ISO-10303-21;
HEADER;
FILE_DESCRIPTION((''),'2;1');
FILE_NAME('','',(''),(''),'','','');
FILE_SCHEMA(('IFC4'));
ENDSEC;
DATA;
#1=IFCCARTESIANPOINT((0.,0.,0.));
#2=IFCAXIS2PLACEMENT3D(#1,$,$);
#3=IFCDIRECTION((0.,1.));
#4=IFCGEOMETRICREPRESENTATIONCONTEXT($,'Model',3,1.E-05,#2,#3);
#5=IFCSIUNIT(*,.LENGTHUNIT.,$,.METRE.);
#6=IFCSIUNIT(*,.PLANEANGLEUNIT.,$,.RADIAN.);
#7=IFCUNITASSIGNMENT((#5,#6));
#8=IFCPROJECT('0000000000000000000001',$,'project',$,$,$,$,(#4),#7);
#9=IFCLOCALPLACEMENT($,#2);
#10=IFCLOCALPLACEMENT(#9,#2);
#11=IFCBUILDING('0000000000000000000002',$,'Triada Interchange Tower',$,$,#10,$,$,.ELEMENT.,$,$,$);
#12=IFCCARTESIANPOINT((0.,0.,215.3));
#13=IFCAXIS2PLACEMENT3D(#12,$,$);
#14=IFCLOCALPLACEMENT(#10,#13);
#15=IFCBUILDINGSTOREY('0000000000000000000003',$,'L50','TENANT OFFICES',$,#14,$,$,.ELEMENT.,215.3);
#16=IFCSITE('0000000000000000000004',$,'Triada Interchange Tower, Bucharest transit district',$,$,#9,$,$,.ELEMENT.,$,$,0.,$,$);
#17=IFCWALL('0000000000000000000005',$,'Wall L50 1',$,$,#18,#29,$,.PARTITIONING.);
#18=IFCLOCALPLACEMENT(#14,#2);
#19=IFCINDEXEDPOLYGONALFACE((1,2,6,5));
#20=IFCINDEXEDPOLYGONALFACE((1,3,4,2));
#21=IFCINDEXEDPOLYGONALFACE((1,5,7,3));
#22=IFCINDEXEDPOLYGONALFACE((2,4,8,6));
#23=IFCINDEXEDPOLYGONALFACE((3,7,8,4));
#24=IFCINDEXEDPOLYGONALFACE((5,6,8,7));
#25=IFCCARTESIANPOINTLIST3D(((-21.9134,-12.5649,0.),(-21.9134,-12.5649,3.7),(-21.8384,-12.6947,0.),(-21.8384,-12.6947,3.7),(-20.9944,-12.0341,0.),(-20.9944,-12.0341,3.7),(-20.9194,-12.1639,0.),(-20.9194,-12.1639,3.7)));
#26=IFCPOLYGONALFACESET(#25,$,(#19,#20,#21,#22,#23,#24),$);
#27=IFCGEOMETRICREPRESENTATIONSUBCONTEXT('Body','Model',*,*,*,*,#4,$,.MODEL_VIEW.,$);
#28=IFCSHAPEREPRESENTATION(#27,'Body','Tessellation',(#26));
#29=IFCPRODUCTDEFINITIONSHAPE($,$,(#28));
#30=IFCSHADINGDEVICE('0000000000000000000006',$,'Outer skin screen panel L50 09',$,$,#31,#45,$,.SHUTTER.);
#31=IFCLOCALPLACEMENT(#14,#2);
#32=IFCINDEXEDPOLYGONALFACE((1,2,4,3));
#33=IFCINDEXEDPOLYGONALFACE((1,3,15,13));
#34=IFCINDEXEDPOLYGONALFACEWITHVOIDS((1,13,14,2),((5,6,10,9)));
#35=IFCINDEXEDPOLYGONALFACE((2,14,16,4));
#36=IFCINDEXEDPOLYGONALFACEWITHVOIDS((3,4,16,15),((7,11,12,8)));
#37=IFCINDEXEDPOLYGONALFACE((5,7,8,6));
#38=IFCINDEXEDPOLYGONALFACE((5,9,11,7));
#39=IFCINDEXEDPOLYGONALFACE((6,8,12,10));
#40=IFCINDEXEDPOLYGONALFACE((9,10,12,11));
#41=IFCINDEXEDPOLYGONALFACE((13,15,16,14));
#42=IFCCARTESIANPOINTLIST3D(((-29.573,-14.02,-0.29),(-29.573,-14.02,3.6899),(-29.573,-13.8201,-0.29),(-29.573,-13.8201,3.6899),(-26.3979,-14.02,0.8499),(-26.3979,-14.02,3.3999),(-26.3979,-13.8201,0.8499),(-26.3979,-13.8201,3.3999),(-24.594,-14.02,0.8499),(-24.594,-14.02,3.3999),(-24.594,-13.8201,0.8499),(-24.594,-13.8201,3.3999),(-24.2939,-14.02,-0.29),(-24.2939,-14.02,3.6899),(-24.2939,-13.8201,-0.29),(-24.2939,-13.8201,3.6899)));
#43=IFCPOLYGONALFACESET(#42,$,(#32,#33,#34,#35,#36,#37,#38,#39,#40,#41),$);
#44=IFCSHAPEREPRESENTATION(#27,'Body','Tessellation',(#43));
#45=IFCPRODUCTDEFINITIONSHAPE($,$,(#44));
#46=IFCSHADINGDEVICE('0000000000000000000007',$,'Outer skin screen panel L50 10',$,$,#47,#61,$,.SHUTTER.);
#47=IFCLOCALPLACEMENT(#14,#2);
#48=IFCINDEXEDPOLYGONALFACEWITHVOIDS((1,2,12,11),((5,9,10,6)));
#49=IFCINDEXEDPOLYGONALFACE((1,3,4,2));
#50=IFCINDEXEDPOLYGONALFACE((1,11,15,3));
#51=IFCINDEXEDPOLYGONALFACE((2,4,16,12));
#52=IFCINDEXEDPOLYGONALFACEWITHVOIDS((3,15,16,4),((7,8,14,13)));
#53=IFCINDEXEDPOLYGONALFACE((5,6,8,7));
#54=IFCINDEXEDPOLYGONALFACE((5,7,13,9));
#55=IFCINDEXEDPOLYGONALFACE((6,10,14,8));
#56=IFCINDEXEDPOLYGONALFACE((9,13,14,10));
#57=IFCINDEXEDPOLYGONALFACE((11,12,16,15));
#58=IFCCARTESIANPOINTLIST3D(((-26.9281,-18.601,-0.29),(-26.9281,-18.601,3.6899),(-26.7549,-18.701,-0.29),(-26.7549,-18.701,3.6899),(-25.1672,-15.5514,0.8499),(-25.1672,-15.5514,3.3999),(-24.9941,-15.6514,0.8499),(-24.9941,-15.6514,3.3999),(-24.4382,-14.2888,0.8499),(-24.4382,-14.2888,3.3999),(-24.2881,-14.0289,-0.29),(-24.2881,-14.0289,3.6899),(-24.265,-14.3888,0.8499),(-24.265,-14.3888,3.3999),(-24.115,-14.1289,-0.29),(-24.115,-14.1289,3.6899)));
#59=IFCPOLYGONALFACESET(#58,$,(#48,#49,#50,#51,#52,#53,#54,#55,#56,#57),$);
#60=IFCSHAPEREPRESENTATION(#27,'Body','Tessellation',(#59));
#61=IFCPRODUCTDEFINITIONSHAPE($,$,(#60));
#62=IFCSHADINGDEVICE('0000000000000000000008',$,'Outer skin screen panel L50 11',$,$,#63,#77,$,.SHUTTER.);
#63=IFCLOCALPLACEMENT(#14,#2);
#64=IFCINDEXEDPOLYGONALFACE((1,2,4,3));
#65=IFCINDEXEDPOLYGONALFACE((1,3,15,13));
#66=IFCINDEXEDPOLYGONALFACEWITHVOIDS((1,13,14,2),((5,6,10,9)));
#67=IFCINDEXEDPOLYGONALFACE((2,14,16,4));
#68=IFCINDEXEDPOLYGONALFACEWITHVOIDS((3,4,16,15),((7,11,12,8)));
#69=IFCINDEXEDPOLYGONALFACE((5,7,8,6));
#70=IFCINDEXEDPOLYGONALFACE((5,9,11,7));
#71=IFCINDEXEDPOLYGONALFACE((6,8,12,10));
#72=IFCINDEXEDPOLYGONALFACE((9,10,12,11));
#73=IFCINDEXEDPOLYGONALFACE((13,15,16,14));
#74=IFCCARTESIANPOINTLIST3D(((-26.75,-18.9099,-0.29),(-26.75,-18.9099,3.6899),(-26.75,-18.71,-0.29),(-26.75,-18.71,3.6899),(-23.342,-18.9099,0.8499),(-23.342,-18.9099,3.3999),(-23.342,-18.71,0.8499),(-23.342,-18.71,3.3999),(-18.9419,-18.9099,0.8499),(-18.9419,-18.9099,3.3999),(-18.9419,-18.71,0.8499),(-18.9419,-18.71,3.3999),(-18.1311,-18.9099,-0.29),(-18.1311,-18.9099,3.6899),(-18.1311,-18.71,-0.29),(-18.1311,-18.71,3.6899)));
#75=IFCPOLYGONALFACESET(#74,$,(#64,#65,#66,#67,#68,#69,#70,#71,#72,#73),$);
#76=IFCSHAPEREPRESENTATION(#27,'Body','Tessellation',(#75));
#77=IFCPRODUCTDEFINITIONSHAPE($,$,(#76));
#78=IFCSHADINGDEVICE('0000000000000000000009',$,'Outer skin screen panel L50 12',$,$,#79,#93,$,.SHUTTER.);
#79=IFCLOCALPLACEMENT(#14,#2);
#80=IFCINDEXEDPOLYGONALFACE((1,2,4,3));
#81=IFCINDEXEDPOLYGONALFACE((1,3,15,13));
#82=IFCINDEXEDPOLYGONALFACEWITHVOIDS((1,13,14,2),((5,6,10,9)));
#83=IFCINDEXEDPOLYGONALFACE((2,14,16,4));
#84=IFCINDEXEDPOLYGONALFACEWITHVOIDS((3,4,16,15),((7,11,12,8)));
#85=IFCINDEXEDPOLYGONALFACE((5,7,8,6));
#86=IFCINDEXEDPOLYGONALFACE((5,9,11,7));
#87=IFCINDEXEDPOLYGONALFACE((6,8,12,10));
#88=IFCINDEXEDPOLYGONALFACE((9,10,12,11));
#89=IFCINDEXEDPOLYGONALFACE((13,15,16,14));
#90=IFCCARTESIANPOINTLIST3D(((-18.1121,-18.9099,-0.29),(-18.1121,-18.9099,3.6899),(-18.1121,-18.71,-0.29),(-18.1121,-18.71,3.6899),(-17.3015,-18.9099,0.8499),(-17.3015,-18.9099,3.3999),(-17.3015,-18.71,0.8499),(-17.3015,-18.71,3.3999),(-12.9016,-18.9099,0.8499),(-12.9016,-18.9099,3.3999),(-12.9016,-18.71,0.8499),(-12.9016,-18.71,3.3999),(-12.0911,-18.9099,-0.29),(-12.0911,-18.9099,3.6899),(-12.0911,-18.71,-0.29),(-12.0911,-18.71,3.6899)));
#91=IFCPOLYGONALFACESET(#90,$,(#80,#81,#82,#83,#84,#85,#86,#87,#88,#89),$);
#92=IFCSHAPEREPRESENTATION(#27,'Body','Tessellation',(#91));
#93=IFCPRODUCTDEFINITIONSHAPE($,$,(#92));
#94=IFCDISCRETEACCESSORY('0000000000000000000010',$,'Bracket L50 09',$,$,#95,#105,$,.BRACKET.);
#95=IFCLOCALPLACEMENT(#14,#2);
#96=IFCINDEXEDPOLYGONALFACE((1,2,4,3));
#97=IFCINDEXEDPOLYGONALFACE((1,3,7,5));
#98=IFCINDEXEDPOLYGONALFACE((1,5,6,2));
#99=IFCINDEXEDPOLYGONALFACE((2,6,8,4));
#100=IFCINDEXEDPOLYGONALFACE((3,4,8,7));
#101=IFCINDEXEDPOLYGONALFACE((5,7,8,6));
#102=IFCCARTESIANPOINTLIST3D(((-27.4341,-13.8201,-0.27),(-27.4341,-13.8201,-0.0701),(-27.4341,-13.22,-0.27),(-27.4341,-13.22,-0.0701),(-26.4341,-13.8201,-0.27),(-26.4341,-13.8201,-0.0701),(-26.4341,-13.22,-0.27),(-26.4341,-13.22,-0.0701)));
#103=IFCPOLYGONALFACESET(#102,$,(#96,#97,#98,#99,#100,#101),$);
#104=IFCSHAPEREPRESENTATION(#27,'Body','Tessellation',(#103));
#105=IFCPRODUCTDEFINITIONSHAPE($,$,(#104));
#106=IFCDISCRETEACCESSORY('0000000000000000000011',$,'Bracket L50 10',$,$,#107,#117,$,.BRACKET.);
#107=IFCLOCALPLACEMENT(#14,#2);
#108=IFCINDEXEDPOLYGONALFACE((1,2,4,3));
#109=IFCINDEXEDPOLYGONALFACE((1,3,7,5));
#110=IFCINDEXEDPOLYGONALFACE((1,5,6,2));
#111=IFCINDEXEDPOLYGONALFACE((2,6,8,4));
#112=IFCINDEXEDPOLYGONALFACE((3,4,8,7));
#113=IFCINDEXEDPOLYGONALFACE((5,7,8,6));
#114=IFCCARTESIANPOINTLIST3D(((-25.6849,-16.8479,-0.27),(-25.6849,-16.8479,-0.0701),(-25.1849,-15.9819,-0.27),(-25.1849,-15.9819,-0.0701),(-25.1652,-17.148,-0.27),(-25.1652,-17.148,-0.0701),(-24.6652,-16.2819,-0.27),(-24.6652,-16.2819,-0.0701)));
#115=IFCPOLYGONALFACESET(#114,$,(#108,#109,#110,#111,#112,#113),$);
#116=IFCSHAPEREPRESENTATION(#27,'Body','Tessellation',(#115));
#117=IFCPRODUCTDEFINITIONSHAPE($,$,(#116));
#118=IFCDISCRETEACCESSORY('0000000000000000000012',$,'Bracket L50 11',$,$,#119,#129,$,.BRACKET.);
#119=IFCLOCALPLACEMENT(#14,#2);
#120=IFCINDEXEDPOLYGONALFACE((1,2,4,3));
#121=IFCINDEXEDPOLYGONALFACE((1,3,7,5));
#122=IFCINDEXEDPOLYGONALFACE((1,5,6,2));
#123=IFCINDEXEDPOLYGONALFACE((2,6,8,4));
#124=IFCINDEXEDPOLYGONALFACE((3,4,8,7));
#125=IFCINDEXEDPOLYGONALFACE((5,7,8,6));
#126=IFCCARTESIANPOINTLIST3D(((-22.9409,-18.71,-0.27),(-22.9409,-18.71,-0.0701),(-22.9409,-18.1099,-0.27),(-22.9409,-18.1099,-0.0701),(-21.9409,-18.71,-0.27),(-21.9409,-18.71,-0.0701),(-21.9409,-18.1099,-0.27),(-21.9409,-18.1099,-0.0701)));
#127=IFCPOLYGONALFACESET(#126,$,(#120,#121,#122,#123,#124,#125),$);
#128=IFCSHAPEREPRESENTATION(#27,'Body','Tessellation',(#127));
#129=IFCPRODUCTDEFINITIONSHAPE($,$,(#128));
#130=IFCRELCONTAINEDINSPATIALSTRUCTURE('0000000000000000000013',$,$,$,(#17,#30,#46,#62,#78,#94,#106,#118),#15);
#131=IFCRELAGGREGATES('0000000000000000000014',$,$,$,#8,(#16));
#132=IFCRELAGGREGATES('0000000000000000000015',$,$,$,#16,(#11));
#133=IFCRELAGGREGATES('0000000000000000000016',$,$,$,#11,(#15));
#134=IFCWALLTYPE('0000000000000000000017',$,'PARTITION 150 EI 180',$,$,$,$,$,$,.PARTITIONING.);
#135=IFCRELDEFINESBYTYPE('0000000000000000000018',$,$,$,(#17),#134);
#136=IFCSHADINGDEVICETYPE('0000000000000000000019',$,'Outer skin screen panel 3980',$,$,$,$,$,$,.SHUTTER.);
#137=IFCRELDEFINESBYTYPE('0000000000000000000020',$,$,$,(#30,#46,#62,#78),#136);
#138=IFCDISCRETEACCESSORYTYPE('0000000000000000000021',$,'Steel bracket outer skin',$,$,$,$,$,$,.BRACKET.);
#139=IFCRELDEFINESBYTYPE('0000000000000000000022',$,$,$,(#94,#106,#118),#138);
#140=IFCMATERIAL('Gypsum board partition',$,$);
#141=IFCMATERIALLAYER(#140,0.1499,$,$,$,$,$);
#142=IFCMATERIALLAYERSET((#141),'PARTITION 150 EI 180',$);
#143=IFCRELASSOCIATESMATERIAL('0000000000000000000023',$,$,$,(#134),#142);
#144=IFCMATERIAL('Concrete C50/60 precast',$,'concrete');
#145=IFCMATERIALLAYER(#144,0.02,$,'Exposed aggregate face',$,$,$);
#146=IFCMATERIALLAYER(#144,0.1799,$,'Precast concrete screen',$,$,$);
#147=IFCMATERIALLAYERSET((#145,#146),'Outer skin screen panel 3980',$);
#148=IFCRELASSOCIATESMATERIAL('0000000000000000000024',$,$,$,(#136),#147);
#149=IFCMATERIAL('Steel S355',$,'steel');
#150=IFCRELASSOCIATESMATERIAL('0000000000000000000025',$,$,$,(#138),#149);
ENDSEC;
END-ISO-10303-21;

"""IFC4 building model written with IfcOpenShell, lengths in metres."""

from ifc_helpers import new_model, si_unit, direction, frame, frame_2d, origin, origin_2d, place, context, subcontext, project, spatial, polyline, rectangle, outline, extrude, material, layer, layer_set, type_object, element, save


model = new_model("IFC4")

# Units and contexts
model_context = context("Model", 3, precision=1e-05, world=origin(), true_north=direction((0.0, 1.0)))
body_context = subcontext(model_context, "Body", "Model", "MODEL_VIEW")
ifc_project = project(units=[si_unit("LENGTHUNIT", "METRE"), si_unit("PLANEANGLEUNIT", "RADIAN")], contexts=[model_context])

# Site, building, storey
site_placement = place(None, origin())
site = spatial("IfcSite", under=ifc_project, at=site_placement, Name="Triada Interchange Tower, Bucharest transit district", CompositionType="ELEMENT", RefElevation=0.0)
building_placement = place(site_placement, origin())
building = spatial("IfcBuilding", under=site, at=building_placement, Name="Triada Interchange Tower", CompositionType="ELEMENT")
storey_placement = place(building_placement, frame((0.0, 0.0, 215.3)))
storey = spatial("IfcBuildingStorey", under=building, at=storey_placement, Name="L50", Description="TENANT OFFICES", CompositionType="ELEMENT", Elevation=215.3)

# Wall
ifc_material_1 = material(Name="Gypsum board partition")
ifc_layer_1 = layer(ifc_material_1, 0.1499)
ifc_layer_set_1 = layer_set([ifc_layer_1], Name="PARTITION 150 EI 180")
wall_type_1 = type_object("IfcWallType", Name="PARTITION 150 EI 180", PredefinedType="PARTITIONING", material=ifc_layer_set_1)
wall_1_placement = place(storey_placement, frame((-21.876, -12.6299, 0.0), z_axis=(0.0, 0.0, 1.0), x_axis=(0.86594, 0.500147, 0.0)))
element("IfcWall", 1, at=wall_1_placement, inside=storey, type_object=wall_type_1, Name="Wall L50 1", PredefinedType="PARTITIONING", context=body_context, shape_type="SweptSolid", body=[
    extrude(rectangle(XDim=1.0613, YDim=0.1499, at=frame_2d((0.5308, 0.0))), origin(), (0.0, 0.0, 1.0), 3.7),
])

# Shading devices
ifc_material_2 = material(Name="Concrete C50/60 precast", Category="concrete")
ifc_layer_2 = layer(ifc_material_2, 0.02, Name="Exposed aggregate face")
ifc_layer_3 = layer(ifc_material_2, 0.1799, Name="Precast concrete screen")
ifc_layer_set_2 = layer_set([ifc_layer_2, ifc_layer_3], Name="Outer skin screen panel 3980")
shading_device_type = type_object("IfcShadingDeviceType", Name="Outer skin screen panel 3980", PredefinedType="SHUTTER", material=ifc_layer_set_2)
shading_device_1_placement = place(storey_placement, frame((-29.573, -13.8201, -0.29), z_axis=(0.0, 0.0, 1.0), x_axis=(1.0, 0.0, 0.0)))
element("IfcShadingDevice", 2, at=shading_device_1_placement, inside=storey, type_object=shading_device_type, Name="Outer skin screen panel L50 09", PredefinedType="SHUTTER", context=body_context, shape_type="SweptSolid", body=[
    extrude(outline(polyline([(0.0, 0.0), (5.2791, 0.0), (5.2791, 3.98), (0.0, 3.98), (0.0, 0.0)]), holes=[polyline([(3.175, 1.1399), (3.175, 3.6899), (4.979, 3.6899), (4.979, 1.1399), (3.175, 1.1399)])]), frame((0.0, 0.0, 0.0), z_axis=(0.0, -1.0, 0.0), x_axis=(1.0, 0.0, 0.0)), (0.0, 0.0, 1.0), 0.2),
])
shading_device_2_placement = place(storey_placement, frame((-24.115, -14.1289, -0.29), z_axis=(0.0, 0.0, 1.0), x_axis=(-0.500033, -0.866006, 0.0)))
element("IfcShadingDevice", 3, at=shading_device_2_placement, inside=storey, type_object=shading_device_type, Name="Outer skin screen panel L50 10", PredefinedType="SHUTTER", context=body_context, shape_type="SweptSolid", body=[
    extrude(outline(polyline([(0.0, 0.0), (5.2795, 0.0), (5.2795, 3.98), (0.0, 3.98), (0.0, 0.0)]), holes=[polyline([(0.3, 1.1399), (0.3, 3.6899), (1.7581, 3.6899), (1.7581, 1.1399), (0.3, 1.1399)])]), frame((0.0, 0.0, 0.0), z_axis=(0.0, -1.0, 0.0), x_axis=(1.0, 0.0, 0.0)), (0.0, 0.0, 1.0), 0.2),
])
shading_device_3_placement = place(storey_placement, frame((-26.75, -18.71, -0.29), z_axis=(0.0, 0.0, 1.0), x_axis=(1.0, 0.0, 0.0)))
element("IfcShadingDevice", 4, at=shading_device_3_placement, inside=storey, type_object=shading_device_type, Name="Outer skin screen panel L50 11", PredefinedType="SHUTTER", context=body_context, shape_type="SweptSolid", body=[
    extrude(outline(polyline([(0.0, 0.0), (8.6189, 0.0), (8.6189, 3.98), (0.0, 3.98), (0.0, 0.0)]), holes=[polyline([(3.408, 1.1399), (3.408, 3.6899), (7.8081, 3.6899), (7.8081, 1.1399), (3.408, 1.1399)])]), frame((0.0, 0.0, 0.0), z_axis=(0.0, -1.0, 0.0), x_axis=(1.0, 0.0, 0.0)), (0.0, 0.0, 1.0), 0.2),
])
shading_device_4_placement = place(storey_placement, frame((-18.1121, -18.71, -0.29), z_axis=(0.0, 0.0, 1.0), x_axis=(1.0, 0.0, 0.0)))
element("IfcShadingDevice", 5, at=shading_device_4_placement, inside=storey, type_object=shading_device_type, Name="Outer skin screen panel L50 12", PredefinedType="SHUTTER", context=body_context, shape_type="SweptSolid", body=[
    extrude(outline(polyline([(0.0, 0.0), (6.021, 0.0), (6.021, 3.98), (0.0, 3.98), (0.0, 0.0)]), holes=[polyline([(0.8105, 1.1399), (0.8105, 3.6899), (5.2104, 3.6899), (5.2104, 1.1399), (0.8105, 1.1399)])]), frame((0.0, 0.0, 0.0), z_axis=(0.0, -1.0, 0.0), x_axis=(1.0, 0.0, 0.0)), (0.0, 0.0, 1.0), 0.2),
])

# Discrete accessories
ifc_material_3 = material(Name="Steel S355", Category="steel")
discrete_accessory_type = type_object("IfcDiscreteAccessoryType", Name="Steel bracket outer skin", PredefinedType="BRACKET", material=ifc_material_3)
for number, where, z_axis, x_axis, name in (
    (6, (-26.9341, -13.52, -0.27), (0.0, 0.0, 1.0), (0.0, -1.0, 0.0), "Bracket L50 09"),
    (7, (-25.175, -16.5649, -0.27), (0.0, 0.0, 1.0), (-0.866044, 0.499968, 0.0), "Bracket L50 10"),
    (8, (-22.4409, -18.4099, -0.27), (0.0, 0.0, 1.0), (0.0, -1.0, 0.0), "Bracket L50 11"),
):
    element("IfcDiscreteAccessory", number, at=place(storey_placement, frame(where, z_axis=z_axis, x_axis=x_axis)), inside=storey, type_object=discrete_accessory_type, Name=name, PredefinedType="BRACKET", context=body_context, shape_type="SweptSolid", body=[
        extrude(rectangle(XDim=0.6001, YDim=1.0, at=origin_2d()), origin(), (0.0, 0.0, 1.0), 0.2),
    ])

save(model, "model.ifc")
